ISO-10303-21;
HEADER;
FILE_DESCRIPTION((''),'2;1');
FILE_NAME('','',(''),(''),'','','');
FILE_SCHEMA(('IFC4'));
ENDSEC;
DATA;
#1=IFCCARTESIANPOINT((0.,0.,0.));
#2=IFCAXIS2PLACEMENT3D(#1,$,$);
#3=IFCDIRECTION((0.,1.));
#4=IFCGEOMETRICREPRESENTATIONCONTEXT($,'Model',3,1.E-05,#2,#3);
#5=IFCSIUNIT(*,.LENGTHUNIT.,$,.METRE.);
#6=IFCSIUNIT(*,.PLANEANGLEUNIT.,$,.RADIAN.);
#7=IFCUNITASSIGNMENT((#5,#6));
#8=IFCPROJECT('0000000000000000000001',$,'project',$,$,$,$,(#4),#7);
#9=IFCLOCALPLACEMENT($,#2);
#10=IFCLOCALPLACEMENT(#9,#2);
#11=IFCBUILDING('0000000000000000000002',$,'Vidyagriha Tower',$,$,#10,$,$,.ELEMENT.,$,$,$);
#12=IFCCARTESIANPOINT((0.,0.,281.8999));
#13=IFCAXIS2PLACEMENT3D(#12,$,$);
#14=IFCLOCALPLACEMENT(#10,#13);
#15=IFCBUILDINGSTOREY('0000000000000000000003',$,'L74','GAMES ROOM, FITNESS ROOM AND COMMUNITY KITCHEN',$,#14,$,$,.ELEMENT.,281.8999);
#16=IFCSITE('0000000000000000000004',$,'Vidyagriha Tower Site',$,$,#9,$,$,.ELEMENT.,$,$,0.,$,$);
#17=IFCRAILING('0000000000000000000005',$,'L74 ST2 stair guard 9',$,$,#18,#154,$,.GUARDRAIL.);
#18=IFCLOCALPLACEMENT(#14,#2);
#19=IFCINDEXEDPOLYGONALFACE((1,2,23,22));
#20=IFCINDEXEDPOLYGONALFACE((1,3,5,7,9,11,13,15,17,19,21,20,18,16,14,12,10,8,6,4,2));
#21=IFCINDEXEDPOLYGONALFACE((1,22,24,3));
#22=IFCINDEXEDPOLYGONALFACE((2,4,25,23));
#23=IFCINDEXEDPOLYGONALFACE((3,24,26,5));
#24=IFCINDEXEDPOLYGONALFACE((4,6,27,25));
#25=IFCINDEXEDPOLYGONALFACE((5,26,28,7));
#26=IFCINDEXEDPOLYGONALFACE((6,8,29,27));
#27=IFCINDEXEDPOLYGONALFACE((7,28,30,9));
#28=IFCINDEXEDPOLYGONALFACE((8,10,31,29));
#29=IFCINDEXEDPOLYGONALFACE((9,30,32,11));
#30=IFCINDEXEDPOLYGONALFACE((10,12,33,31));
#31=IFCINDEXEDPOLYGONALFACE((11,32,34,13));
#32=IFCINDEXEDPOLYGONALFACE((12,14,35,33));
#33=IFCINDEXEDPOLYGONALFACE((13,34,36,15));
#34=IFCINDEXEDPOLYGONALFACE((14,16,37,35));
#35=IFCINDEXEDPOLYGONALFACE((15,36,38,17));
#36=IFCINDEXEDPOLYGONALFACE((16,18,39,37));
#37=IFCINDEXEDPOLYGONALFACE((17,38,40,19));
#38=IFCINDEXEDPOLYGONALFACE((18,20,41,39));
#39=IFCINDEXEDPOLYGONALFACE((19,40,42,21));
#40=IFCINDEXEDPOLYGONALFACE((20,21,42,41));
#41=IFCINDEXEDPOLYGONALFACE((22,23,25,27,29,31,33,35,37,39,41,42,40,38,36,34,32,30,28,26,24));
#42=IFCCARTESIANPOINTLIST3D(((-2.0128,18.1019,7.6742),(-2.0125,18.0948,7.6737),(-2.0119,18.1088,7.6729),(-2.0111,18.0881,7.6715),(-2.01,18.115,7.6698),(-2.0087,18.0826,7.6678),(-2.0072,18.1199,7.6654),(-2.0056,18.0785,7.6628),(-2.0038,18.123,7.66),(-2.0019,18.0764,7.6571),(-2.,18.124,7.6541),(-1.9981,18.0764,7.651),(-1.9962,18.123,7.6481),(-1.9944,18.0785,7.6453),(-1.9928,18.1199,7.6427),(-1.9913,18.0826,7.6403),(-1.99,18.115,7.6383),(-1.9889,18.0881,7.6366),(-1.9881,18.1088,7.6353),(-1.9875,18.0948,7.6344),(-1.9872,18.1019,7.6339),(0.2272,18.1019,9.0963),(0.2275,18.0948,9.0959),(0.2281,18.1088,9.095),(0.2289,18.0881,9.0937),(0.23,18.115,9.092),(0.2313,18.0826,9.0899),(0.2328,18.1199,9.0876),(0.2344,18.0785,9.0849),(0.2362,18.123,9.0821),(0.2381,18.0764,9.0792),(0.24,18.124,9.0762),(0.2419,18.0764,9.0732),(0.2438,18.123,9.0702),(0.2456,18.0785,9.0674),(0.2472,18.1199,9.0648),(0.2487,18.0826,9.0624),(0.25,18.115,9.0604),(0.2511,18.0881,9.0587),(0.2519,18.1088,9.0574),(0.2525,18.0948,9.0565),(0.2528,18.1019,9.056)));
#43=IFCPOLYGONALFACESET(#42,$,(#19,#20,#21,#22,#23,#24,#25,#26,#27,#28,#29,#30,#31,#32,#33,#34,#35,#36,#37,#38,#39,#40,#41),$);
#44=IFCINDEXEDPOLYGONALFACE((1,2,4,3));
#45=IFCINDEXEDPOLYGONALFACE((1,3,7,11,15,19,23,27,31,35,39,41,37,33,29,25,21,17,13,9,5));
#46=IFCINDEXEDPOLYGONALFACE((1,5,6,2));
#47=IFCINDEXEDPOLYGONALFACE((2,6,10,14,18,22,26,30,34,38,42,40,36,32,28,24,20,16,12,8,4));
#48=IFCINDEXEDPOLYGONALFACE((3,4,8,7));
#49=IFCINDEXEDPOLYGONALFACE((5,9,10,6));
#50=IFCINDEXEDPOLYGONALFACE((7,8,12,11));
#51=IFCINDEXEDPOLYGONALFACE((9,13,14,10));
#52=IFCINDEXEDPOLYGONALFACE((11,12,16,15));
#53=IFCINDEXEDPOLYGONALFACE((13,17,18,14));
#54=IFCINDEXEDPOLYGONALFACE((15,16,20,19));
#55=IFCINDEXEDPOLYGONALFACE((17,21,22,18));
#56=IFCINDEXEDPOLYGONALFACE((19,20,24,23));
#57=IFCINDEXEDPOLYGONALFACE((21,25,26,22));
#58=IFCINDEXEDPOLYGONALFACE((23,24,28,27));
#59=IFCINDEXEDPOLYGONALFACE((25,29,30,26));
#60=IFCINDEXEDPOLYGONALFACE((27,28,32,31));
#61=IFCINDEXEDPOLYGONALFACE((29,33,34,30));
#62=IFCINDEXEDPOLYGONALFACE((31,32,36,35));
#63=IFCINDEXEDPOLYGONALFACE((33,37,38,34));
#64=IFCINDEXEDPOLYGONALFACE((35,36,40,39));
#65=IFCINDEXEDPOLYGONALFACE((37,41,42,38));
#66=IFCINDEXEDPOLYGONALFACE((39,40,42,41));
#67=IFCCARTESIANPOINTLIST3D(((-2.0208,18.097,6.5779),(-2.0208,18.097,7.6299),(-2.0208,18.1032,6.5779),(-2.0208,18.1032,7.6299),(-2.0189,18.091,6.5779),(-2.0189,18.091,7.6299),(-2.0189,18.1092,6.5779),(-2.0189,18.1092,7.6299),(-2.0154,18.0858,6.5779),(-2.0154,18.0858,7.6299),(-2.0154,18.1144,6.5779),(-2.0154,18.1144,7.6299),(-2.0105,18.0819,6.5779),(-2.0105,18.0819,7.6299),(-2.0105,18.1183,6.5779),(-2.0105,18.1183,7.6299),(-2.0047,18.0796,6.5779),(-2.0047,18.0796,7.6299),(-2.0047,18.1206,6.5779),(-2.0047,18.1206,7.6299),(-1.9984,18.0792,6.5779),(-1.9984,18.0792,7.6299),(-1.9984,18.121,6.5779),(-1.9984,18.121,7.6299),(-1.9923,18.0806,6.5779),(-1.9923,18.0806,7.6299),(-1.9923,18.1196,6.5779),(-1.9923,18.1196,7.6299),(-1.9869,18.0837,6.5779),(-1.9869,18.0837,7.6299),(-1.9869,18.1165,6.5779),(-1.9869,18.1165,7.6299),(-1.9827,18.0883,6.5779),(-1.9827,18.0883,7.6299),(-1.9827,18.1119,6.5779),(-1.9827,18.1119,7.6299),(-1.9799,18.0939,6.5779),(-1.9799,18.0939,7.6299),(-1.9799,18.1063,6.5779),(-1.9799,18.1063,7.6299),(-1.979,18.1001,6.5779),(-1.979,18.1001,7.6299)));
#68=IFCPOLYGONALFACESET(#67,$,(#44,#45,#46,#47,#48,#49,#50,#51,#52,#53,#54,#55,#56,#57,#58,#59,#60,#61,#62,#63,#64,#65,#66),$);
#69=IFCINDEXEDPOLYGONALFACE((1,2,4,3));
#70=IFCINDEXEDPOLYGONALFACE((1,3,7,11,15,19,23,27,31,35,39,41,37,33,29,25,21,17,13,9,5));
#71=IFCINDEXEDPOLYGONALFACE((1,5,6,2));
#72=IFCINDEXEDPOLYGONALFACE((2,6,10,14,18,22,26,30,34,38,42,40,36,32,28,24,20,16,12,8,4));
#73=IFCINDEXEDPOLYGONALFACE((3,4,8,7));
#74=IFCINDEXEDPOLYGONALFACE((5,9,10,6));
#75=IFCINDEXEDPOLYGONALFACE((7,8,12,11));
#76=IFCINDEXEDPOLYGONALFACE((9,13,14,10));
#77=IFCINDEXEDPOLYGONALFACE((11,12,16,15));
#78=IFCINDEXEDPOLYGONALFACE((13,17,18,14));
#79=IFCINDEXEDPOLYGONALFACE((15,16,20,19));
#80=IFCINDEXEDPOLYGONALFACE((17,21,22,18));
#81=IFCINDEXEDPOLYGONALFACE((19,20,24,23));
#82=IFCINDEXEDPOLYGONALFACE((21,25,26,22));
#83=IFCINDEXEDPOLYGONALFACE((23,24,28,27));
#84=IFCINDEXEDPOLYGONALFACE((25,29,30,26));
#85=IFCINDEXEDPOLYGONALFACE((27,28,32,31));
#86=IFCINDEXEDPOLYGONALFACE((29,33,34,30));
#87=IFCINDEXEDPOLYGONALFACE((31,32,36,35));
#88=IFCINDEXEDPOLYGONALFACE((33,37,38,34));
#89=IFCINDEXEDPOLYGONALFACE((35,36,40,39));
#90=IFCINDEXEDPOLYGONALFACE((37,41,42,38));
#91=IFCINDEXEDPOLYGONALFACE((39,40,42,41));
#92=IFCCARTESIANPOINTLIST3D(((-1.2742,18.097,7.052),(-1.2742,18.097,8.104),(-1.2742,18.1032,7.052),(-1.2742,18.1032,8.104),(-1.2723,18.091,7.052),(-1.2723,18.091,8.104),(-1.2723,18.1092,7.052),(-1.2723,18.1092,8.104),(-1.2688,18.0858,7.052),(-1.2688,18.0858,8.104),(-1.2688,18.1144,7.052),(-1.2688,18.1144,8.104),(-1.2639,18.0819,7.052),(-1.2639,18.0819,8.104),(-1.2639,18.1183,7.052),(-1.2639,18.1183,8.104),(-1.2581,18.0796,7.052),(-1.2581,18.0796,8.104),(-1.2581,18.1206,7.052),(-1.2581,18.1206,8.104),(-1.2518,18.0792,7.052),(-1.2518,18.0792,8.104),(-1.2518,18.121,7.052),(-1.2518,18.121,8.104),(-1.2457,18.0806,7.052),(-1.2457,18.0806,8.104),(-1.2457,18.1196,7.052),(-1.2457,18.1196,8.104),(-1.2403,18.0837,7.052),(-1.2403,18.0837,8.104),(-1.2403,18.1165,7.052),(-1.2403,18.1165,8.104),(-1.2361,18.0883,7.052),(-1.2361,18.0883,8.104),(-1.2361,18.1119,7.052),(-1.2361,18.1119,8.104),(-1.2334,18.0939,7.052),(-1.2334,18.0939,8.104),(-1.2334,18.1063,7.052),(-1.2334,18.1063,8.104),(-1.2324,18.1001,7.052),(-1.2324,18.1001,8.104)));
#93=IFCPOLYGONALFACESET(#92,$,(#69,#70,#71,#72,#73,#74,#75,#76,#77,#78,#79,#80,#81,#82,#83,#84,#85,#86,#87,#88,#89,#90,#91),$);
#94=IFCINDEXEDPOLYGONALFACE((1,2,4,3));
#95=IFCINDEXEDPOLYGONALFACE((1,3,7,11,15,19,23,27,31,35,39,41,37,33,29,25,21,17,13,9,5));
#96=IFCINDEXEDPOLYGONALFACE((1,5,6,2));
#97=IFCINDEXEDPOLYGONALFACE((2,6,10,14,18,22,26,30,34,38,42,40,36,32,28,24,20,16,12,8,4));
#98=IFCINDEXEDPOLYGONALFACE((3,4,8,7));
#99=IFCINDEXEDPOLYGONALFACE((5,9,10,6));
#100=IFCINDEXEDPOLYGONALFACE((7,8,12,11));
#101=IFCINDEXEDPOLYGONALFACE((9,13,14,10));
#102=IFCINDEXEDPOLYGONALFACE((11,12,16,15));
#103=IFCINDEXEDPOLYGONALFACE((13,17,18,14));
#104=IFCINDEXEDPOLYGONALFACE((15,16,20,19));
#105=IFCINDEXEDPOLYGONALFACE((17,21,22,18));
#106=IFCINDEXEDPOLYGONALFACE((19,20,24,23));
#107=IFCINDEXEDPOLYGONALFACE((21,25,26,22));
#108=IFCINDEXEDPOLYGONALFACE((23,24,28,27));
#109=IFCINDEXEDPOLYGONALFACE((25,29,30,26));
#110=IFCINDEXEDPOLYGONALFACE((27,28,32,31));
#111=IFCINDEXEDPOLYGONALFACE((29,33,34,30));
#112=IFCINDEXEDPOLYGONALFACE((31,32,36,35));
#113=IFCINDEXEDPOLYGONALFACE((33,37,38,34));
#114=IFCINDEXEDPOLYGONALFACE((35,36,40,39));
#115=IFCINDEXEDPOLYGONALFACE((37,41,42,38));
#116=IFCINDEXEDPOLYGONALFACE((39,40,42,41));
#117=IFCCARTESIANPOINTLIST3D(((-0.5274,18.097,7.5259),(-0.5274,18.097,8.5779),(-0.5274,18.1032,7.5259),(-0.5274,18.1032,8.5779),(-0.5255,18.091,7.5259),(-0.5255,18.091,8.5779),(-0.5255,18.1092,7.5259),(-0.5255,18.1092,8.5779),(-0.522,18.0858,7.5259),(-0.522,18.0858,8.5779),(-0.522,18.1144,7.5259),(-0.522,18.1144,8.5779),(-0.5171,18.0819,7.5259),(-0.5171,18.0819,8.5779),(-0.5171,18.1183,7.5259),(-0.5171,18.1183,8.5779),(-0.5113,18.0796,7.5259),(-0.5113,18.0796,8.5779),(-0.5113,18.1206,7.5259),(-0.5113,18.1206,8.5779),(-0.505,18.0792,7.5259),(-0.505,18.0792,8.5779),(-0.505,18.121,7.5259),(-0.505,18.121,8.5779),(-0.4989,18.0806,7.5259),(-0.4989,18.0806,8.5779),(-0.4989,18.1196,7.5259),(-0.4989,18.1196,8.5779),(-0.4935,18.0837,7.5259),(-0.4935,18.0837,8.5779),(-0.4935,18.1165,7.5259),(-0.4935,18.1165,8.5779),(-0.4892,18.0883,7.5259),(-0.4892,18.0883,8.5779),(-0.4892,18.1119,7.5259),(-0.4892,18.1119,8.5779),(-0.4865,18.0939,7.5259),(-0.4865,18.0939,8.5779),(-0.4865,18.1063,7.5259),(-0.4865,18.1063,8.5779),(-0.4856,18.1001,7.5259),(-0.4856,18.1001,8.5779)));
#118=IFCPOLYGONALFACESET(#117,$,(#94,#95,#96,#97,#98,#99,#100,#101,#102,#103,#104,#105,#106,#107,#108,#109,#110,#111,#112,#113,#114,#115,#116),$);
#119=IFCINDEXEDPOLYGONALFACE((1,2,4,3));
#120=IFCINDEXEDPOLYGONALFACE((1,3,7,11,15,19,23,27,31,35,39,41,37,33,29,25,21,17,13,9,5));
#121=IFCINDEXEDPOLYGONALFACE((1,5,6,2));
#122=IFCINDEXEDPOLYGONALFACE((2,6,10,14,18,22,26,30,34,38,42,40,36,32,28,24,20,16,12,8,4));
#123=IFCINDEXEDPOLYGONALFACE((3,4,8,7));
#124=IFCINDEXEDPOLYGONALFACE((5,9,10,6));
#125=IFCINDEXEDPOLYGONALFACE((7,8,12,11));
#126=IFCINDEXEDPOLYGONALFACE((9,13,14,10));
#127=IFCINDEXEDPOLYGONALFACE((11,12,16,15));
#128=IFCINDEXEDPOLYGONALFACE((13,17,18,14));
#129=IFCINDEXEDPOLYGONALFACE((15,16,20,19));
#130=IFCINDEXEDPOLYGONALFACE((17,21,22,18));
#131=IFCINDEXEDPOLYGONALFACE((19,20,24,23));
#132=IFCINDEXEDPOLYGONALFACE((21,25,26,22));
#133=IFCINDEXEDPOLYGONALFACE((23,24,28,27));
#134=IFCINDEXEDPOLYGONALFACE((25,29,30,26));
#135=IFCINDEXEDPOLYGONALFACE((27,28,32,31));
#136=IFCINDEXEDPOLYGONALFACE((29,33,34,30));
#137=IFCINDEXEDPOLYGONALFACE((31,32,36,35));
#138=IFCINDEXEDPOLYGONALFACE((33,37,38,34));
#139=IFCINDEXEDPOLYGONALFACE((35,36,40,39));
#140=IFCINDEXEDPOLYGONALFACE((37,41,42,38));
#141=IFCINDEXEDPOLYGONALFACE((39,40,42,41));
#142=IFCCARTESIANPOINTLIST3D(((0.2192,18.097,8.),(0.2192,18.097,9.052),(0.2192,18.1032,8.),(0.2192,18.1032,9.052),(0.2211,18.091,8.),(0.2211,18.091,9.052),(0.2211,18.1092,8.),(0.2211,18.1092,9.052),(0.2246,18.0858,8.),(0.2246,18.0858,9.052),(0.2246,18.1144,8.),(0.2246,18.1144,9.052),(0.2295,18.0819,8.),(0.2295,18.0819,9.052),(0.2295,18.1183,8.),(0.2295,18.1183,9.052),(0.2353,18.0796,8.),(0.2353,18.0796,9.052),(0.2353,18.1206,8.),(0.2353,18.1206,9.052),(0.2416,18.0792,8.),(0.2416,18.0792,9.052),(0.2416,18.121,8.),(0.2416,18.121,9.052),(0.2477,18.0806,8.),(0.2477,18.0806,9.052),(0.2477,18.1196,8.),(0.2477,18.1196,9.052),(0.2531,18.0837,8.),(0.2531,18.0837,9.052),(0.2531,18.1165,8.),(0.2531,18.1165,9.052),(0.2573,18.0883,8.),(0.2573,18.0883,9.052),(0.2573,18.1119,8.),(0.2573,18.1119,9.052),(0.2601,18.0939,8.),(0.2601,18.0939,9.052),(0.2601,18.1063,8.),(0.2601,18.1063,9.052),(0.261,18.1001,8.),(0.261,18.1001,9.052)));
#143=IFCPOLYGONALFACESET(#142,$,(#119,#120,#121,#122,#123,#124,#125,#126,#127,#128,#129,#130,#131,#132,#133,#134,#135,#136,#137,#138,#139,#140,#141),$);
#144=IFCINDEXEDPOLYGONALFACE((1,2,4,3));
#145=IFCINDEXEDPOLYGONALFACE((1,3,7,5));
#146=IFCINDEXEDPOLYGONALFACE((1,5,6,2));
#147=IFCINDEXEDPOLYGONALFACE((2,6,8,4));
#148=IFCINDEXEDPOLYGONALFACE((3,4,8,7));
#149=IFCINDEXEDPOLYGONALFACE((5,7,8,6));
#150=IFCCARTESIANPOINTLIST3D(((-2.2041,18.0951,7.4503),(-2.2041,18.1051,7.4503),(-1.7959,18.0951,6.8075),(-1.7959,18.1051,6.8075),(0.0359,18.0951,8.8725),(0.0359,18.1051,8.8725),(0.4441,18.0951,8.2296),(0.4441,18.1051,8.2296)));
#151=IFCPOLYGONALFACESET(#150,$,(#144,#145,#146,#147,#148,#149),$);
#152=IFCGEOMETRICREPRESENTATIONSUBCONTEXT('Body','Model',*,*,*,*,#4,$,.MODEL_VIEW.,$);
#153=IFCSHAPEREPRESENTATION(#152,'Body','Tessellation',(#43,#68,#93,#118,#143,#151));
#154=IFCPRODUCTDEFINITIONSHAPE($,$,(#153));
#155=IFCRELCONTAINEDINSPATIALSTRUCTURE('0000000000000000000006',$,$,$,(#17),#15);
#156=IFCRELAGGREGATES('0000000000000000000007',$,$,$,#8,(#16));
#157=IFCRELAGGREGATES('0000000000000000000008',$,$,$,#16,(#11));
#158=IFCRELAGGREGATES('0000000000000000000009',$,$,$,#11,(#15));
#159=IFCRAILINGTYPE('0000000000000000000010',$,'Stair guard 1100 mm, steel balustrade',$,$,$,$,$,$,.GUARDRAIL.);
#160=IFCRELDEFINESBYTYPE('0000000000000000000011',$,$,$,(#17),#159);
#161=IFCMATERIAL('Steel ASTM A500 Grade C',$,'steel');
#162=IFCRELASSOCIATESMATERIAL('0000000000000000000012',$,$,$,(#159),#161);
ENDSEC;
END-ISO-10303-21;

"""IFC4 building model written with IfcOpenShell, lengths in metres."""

from ifc_helpers import new_model, si_unit, direction, frame, origin, origin_2d, place, context, subcontext, project, spatial, rectangle, circle, extrude, material, type_object, element, save


model = new_model("IFC4")

# Units and contexts
model_context = context("Model", 3, precision=1e-05, world=origin(), true_north=direction((0.0, 1.0)))
body_context = subcontext(model_context, "Body", "Model", "MODEL_VIEW")
ifc_project = project(units=[si_unit("LENGTHUNIT", "METRE"), si_unit("PLANEANGLEUNIT", "RADIAN")], contexts=[model_context])

# Site, building, storey
site_placement = place(None, origin())
site = spatial("IfcSite", under=ifc_project, at=site_placement, Name="Vidyagriha Tower Site", CompositionType="ELEMENT", RefElevation=0.0)
building_placement = place(site_placement, origin())
building = spatial("IfcBuilding", under=site, at=building_placement, Name="Vidyagriha Tower", CompositionType="ELEMENT")
storey_placement = place(building_placement, frame((0.0, 0.0, 281.8999)))
storey = spatial("IfcBuildingStorey", under=building, at=storey_placement, Name="L74", Description="GAMES ROOM, FITNESS ROOM AND COMMUNITY KITCHEN", CompositionType="ELEMENT", Elevation=281.8999)

# Railing
ifc_material_1 = material(Name="Steel ASTM A500 Grade C", Category="steel")
railing_type_1 = type_object("IfcRailingType", Name="Stair guard 1100 mm, steel balustrade", PredefinedType="GUARDRAIL", material=ifc_material_1)
railing_1_placement = place(storey_placement, frame((-2.0, 18.1001, 6.5779)))
element("IfcRailing", 1, at=railing_1_placement, inside=storey, type_object=railing_type_1, Name="L74 ST2 stair guard 9", PredefinedType="GUARDRAIL", context=body_context, shape_type="SweptSolid", body=[
    extrude(circle(Radius=0.0239, at=origin_2d()), frame((0.0, 0.0, 1.0762), z_axis=(0.844229, 0.0, 0.535982), x_axis=(0.0, 1.0, 0.0)), (0.0, 0.0, 1.0), 2.6533),
    extrude(circle(Radius=0.021, at=origin_2d()), origin(), (0.0, 0.0, 1.0), 1.052),
    extrude(circle(Radius=0.021, at=origin_2d()), frame((0.7466, 0.0, 0.4741)), (0.0, 0.0, 1.0), 1.052),
    extrude(circle(Radius=0.021, at=origin_2d()), frame((1.4934, 0.0, 0.948)), (0.0, 0.0, 1.0), 1.052),
    extrude(circle(Radius=0.021, at=origin_2d()), frame((2.24, 0.0, 1.4221)), (0.0, 0.0, 1.0), 1.052),
    extrude(rectangle(XDim=0.01, YDim=0.7615, at=origin_2d()), frame((0.0, 0.0, 0.551), z_axis=(0.844229, 0.0, 0.535982), x_axis=(0.0, 1.0, 0.0)), (0.0, 0.0, 1.0), 2.6533),
])

save(model, "model.ifc")
